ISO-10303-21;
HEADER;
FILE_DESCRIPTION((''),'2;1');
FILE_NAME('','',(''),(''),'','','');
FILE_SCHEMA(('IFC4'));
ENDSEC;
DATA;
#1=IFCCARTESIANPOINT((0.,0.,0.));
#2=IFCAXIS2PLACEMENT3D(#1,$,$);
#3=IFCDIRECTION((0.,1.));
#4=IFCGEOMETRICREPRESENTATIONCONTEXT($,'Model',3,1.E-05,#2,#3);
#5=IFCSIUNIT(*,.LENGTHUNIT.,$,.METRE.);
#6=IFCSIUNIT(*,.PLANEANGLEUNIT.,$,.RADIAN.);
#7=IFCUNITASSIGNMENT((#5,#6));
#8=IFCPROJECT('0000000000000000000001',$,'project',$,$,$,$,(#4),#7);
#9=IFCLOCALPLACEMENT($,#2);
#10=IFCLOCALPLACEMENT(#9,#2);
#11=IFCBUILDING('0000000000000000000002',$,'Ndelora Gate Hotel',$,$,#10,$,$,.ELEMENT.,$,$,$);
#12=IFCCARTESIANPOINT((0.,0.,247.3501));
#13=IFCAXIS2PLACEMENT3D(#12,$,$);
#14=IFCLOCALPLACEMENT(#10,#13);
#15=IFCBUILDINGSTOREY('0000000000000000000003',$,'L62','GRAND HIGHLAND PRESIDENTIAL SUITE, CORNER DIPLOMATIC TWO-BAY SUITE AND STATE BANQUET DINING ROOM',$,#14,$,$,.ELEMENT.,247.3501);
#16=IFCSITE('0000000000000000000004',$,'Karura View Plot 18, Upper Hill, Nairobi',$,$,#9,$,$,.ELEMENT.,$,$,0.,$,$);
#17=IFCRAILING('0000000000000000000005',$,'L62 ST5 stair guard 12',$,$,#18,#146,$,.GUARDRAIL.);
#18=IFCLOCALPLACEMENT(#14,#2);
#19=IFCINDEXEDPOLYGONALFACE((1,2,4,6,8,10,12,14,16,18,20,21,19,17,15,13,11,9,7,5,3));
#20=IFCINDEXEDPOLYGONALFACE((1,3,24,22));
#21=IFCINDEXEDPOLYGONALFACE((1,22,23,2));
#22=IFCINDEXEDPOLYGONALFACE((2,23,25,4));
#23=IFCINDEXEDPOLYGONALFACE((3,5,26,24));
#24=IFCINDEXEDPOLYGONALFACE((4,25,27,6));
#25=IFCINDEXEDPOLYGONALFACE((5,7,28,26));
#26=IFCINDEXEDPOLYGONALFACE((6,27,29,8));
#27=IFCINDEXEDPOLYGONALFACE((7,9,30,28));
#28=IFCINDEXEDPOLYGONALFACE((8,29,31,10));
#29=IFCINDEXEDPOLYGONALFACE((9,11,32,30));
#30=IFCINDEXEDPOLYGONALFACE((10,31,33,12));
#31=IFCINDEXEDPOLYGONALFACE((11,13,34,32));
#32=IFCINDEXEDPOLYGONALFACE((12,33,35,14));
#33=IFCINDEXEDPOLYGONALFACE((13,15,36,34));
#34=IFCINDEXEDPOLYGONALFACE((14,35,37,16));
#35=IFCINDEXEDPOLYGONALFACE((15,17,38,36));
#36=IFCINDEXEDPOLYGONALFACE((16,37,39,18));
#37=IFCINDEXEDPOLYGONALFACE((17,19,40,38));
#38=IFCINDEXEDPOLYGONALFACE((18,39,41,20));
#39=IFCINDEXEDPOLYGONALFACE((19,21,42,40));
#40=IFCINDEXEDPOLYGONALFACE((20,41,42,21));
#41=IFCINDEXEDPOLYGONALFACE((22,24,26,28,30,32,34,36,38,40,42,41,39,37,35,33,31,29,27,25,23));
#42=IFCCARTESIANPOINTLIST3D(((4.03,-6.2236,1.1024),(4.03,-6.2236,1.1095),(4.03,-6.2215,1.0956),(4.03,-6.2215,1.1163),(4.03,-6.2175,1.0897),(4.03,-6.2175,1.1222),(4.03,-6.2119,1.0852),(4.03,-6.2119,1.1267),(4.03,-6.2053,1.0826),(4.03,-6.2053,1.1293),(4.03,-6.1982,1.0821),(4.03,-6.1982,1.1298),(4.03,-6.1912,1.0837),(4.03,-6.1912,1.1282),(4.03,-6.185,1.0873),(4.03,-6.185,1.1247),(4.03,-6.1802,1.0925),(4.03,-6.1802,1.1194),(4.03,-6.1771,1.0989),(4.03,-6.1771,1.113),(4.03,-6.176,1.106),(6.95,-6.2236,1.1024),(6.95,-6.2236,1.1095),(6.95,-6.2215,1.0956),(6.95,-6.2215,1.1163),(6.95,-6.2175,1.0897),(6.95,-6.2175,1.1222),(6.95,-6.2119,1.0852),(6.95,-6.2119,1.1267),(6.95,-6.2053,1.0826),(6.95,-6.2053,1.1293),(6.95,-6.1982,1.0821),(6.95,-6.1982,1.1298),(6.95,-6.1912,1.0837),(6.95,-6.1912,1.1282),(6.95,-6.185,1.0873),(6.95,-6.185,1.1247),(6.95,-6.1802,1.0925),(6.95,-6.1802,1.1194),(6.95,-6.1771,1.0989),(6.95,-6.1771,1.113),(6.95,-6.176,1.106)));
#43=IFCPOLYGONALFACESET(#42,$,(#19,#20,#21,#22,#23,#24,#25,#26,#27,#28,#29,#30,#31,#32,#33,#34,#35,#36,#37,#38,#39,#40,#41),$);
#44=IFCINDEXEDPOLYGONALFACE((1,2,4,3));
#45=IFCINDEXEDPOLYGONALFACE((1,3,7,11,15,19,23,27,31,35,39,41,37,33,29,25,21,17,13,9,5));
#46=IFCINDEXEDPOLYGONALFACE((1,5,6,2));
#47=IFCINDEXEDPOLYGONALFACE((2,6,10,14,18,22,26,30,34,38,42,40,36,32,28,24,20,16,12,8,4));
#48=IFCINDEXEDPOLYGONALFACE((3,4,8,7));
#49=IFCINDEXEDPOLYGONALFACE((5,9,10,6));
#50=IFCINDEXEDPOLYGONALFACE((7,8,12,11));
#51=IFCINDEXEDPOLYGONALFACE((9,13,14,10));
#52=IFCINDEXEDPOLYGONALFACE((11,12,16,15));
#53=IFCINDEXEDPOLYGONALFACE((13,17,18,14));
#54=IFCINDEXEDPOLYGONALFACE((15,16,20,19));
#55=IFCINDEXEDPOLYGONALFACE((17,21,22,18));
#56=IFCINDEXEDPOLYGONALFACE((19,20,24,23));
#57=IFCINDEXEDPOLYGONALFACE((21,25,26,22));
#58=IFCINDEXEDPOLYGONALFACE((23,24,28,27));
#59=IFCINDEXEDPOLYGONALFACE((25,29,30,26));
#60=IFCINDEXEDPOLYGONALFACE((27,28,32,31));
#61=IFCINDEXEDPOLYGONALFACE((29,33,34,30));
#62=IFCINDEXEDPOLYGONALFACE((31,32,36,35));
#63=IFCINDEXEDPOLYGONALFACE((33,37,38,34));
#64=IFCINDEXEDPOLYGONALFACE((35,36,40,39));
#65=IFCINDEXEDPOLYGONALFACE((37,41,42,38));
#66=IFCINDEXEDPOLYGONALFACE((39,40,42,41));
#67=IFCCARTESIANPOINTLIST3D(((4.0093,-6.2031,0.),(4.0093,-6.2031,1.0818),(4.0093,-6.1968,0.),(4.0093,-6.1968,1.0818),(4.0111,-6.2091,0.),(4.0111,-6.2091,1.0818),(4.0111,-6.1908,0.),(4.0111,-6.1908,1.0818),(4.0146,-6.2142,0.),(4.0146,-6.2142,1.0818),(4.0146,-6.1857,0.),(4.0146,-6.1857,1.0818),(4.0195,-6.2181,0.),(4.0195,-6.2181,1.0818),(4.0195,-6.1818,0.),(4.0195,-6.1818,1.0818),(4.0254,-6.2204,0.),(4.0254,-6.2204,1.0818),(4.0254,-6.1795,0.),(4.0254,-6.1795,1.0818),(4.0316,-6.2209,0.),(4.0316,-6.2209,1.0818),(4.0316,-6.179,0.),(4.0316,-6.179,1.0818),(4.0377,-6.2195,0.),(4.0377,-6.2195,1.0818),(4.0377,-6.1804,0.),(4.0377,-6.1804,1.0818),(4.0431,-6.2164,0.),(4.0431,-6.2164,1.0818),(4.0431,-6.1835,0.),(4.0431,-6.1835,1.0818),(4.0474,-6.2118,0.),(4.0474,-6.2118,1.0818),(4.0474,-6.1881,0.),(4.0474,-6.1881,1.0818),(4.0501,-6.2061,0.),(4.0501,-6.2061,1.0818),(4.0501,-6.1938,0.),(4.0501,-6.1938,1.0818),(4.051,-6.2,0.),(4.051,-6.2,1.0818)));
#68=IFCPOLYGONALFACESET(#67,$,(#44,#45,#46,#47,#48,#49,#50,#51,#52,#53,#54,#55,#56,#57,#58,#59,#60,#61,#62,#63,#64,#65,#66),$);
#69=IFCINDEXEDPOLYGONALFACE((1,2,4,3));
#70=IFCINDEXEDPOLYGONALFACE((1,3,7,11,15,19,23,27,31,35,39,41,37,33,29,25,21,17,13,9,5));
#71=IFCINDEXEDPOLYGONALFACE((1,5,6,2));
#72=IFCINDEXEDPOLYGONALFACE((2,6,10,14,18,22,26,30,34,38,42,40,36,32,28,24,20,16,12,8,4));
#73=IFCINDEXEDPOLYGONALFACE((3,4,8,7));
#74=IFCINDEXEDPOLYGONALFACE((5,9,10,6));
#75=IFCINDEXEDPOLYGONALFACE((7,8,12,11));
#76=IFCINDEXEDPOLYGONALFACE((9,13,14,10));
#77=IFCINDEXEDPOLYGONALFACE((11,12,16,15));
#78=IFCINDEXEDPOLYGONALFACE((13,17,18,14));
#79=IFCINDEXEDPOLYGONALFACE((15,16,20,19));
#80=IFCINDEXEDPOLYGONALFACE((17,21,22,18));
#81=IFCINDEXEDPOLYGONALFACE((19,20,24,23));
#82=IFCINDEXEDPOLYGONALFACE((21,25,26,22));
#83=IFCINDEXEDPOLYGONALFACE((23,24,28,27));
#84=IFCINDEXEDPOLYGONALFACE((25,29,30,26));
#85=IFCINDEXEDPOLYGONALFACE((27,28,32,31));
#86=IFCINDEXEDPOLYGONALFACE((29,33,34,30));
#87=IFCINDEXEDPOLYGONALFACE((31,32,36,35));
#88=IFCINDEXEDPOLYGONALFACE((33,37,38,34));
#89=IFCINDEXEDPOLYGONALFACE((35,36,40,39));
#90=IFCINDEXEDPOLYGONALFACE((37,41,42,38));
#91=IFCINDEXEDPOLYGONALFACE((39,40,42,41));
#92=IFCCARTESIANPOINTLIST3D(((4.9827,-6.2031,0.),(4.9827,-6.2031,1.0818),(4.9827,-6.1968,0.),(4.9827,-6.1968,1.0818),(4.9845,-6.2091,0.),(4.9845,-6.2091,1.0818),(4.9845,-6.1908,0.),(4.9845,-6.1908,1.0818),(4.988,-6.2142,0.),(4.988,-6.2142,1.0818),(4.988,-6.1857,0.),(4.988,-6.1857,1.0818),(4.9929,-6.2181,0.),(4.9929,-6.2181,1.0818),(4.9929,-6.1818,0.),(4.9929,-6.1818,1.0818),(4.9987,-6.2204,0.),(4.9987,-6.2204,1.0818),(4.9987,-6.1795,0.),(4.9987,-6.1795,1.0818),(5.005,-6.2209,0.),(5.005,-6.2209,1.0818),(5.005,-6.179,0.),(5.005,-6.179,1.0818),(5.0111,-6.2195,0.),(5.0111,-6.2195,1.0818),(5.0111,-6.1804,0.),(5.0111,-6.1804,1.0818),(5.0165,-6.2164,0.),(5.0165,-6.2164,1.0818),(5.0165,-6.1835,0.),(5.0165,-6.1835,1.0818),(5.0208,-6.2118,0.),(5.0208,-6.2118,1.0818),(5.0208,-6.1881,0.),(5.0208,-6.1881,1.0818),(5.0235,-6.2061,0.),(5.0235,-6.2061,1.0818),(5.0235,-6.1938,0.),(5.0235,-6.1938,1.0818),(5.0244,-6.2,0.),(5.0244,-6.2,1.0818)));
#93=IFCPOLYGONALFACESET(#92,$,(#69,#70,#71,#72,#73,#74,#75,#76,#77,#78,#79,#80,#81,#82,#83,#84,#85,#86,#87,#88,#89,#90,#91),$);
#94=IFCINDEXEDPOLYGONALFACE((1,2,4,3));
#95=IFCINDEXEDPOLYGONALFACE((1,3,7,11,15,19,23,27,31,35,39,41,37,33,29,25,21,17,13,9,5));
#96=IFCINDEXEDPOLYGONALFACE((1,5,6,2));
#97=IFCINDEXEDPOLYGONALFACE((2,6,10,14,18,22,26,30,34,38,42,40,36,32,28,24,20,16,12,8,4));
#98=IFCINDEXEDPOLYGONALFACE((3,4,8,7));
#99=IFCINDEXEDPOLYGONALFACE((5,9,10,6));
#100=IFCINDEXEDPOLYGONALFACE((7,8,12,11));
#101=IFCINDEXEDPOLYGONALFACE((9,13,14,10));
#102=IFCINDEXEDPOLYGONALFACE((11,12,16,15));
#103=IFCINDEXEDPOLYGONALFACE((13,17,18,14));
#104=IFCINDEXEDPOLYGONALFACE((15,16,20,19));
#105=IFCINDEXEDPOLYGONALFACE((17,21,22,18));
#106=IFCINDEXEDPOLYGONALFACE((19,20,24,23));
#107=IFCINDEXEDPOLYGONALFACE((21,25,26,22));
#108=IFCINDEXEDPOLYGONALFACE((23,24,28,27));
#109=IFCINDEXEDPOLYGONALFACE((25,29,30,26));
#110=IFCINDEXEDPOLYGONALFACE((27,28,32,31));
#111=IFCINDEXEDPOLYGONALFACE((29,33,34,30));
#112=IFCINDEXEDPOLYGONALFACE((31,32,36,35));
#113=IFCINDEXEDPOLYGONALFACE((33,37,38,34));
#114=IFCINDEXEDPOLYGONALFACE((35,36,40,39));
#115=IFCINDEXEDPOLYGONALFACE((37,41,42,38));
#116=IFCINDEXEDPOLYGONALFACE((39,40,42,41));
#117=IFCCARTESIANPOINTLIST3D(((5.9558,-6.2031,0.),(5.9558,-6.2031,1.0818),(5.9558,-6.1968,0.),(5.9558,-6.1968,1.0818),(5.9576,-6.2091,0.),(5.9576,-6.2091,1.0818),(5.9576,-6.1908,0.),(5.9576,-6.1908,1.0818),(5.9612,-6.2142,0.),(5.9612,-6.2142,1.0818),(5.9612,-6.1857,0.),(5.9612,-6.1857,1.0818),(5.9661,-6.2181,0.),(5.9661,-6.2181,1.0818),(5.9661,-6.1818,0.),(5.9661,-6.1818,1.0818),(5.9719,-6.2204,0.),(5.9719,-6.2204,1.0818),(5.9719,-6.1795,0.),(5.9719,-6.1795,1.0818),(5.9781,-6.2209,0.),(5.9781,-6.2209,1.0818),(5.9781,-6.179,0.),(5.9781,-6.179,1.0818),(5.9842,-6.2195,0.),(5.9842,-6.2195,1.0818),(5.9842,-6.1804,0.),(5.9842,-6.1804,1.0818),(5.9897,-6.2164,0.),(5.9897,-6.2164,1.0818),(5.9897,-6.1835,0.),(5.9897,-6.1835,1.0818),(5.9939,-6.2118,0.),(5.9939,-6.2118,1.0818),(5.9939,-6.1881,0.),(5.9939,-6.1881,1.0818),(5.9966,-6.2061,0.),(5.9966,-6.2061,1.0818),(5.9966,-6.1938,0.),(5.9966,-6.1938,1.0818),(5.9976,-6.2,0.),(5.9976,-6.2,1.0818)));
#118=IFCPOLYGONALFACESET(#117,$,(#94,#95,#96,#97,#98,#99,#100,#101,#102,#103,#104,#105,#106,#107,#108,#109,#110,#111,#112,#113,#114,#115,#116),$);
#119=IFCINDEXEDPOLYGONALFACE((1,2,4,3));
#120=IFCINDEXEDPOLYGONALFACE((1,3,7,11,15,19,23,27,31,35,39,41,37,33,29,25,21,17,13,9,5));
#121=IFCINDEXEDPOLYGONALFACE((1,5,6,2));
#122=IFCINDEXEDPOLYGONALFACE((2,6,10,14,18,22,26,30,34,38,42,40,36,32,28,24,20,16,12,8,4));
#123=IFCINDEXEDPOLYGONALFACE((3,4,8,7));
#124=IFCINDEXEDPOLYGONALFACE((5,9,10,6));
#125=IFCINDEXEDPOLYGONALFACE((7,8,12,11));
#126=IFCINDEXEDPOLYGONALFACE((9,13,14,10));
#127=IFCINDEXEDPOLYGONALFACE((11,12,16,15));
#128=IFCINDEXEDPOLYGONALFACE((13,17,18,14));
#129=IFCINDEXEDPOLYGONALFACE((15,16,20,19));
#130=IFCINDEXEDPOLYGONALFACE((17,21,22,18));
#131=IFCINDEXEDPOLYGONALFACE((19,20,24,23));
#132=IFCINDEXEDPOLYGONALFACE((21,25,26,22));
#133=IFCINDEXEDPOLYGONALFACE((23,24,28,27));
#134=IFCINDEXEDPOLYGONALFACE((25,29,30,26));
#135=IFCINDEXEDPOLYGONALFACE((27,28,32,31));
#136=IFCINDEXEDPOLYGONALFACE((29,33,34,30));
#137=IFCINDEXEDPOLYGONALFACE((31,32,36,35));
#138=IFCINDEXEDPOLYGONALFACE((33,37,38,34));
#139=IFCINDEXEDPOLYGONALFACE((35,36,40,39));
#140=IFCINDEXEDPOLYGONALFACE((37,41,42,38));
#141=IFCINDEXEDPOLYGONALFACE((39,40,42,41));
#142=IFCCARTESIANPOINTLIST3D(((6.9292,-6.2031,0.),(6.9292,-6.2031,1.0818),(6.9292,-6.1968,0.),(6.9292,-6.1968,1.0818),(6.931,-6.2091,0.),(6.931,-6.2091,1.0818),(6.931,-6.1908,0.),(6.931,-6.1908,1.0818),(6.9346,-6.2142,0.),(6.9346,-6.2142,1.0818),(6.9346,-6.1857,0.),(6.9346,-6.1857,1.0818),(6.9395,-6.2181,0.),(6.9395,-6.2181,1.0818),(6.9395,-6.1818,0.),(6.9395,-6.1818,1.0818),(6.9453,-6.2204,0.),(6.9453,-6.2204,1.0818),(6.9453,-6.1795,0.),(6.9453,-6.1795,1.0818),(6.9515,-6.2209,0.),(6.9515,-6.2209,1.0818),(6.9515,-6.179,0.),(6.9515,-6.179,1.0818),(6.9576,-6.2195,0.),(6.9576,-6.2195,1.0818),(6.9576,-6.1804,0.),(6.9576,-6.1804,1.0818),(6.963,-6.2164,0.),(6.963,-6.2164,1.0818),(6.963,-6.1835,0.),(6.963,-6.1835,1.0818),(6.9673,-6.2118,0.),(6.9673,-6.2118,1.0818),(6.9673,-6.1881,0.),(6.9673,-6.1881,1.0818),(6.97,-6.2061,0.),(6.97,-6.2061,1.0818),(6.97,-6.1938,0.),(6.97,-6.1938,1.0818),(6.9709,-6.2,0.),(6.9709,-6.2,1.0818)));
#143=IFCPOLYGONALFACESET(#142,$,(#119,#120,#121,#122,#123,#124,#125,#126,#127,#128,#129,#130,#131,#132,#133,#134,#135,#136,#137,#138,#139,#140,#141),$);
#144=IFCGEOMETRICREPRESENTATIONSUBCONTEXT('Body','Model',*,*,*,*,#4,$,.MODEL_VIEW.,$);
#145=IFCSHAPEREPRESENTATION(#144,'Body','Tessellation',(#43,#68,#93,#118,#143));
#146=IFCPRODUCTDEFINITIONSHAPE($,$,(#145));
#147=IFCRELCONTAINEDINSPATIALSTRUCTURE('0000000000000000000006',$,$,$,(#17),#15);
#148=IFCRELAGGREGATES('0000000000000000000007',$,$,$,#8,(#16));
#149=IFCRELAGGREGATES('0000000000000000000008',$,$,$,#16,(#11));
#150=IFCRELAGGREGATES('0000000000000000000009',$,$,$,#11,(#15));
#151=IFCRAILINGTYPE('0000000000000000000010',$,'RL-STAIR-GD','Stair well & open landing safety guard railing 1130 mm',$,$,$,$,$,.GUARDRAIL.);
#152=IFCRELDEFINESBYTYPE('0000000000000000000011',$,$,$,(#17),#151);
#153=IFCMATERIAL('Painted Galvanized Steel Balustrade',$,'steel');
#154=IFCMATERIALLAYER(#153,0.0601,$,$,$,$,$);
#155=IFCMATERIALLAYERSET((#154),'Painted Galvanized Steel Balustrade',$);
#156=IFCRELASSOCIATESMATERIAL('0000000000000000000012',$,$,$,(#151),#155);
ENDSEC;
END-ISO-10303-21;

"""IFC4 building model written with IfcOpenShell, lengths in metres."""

from ifc_helpers import new_model, si_unit, direction, frame, origin, origin_2d, place, context, subcontext, project, spatial, circle, extrude, material, layer, layer_set, type_object, element, save


model = new_model("IFC4")

# Units and contexts
model_context = context("Model", 3, precision=1e-05, world=origin(), true_north=direction((0.0, 1.0)))
body_context = subcontext(model_context, "Body", "Model", "MODEL_VIEW")
ifc_project = project(units=[si_unit("LENGTHUNIT", "METRE"), si_unit("PLANEANGLEUNIT", "RADIAN")], contexts=[model_context])

# Site, building, storey
site_placement = place(None, origin())
site = spatial("IfcSite", under=ifc_project, at=site_placement, Name="Karura View Plot 18, Upper Hill, Nairobi", CompositionType="ELEMENT", RefElevation=0.0)
building_placement = place(site_placement, origin())
building = spatial("IfcBuilding", under=site, at=building_placement, Name="Ndelora Gate Hotel", CompositionType="ELEMENT")
storey_placement = place(building_placement, frame((0.0, 0.0, 247.3501)))
storey = spatial("IfcBuildingStorey", under=building, at=storey_placement, Name="L62", Description="GRAND HIGHLAND PRESIDENTIAL SUITE, CORNER DIPLOMATIC TWO-BAY SUITE AND STATE BANQUET DINING ROOM", CompositionType="ELEMENT", Elevation=247.3501)

# Railing
ifc_material_1 = material(Name="Painted Galvanized Steel Balustrade", Category="steel")
ifc_layer_1 = layer(ifc_material_1, 0.0601)
ifc_layer_set_1 = layer_set([ifc_layer_1], Name="Painted Galvanized Steel Balustrade")
railing_type_1 = type_object("IfcRailingType", Name="RL-STAIR-GD", Description="Stair well & open landing safety guard railing 1130 mm", PredefinedType="GUARDRAIL", material=ifc_layer_set_1)
railing_1_placement = place(storey_placement, frame((4.03, -6.2, 0.0)))
element("IfcRailing", 1, at=railing_1_placement, inside=storey, type_object=railing_type_1, Name="L62 ST5 stair guard 12", PredefinedType="GUARDRAIL", context=body_context, shape_type="SweptSolid", body=[
    extrude(circle(Radius=0.0239, at=origin_2d()), frame((0.0, 0.0, 1.106), z_axis=(1.0, 0.0, 0.0), x_axis=(0.0, 1.0, 0.0)), (0.0, 0.0, 1.0), 2.9199),
    extrude(circle(Radius=0.021, at=origin_2d()), origin(), (0.0, 0.0, 1.0), 1.0818),
    extrude(circle(Radius=0.021, at=origin_2d()), frame((0.9734, 0.0, 0.0)), (0.0, 0.0, 1.0), 1.0818),
    extrude(circle(Radius=0.021, at=origin_2d()), frame((1.9465, 0.0, 0.0)), (0.0, 0.0, 1.0), 1.0818),
    extrude(circle(Radius=0.021, at=origin_2d()), frame((2.9199, 0.0, 0.0)), (0.0, 0.0, 1.0), 1.0818),
])

save(model, "model.ifc")
